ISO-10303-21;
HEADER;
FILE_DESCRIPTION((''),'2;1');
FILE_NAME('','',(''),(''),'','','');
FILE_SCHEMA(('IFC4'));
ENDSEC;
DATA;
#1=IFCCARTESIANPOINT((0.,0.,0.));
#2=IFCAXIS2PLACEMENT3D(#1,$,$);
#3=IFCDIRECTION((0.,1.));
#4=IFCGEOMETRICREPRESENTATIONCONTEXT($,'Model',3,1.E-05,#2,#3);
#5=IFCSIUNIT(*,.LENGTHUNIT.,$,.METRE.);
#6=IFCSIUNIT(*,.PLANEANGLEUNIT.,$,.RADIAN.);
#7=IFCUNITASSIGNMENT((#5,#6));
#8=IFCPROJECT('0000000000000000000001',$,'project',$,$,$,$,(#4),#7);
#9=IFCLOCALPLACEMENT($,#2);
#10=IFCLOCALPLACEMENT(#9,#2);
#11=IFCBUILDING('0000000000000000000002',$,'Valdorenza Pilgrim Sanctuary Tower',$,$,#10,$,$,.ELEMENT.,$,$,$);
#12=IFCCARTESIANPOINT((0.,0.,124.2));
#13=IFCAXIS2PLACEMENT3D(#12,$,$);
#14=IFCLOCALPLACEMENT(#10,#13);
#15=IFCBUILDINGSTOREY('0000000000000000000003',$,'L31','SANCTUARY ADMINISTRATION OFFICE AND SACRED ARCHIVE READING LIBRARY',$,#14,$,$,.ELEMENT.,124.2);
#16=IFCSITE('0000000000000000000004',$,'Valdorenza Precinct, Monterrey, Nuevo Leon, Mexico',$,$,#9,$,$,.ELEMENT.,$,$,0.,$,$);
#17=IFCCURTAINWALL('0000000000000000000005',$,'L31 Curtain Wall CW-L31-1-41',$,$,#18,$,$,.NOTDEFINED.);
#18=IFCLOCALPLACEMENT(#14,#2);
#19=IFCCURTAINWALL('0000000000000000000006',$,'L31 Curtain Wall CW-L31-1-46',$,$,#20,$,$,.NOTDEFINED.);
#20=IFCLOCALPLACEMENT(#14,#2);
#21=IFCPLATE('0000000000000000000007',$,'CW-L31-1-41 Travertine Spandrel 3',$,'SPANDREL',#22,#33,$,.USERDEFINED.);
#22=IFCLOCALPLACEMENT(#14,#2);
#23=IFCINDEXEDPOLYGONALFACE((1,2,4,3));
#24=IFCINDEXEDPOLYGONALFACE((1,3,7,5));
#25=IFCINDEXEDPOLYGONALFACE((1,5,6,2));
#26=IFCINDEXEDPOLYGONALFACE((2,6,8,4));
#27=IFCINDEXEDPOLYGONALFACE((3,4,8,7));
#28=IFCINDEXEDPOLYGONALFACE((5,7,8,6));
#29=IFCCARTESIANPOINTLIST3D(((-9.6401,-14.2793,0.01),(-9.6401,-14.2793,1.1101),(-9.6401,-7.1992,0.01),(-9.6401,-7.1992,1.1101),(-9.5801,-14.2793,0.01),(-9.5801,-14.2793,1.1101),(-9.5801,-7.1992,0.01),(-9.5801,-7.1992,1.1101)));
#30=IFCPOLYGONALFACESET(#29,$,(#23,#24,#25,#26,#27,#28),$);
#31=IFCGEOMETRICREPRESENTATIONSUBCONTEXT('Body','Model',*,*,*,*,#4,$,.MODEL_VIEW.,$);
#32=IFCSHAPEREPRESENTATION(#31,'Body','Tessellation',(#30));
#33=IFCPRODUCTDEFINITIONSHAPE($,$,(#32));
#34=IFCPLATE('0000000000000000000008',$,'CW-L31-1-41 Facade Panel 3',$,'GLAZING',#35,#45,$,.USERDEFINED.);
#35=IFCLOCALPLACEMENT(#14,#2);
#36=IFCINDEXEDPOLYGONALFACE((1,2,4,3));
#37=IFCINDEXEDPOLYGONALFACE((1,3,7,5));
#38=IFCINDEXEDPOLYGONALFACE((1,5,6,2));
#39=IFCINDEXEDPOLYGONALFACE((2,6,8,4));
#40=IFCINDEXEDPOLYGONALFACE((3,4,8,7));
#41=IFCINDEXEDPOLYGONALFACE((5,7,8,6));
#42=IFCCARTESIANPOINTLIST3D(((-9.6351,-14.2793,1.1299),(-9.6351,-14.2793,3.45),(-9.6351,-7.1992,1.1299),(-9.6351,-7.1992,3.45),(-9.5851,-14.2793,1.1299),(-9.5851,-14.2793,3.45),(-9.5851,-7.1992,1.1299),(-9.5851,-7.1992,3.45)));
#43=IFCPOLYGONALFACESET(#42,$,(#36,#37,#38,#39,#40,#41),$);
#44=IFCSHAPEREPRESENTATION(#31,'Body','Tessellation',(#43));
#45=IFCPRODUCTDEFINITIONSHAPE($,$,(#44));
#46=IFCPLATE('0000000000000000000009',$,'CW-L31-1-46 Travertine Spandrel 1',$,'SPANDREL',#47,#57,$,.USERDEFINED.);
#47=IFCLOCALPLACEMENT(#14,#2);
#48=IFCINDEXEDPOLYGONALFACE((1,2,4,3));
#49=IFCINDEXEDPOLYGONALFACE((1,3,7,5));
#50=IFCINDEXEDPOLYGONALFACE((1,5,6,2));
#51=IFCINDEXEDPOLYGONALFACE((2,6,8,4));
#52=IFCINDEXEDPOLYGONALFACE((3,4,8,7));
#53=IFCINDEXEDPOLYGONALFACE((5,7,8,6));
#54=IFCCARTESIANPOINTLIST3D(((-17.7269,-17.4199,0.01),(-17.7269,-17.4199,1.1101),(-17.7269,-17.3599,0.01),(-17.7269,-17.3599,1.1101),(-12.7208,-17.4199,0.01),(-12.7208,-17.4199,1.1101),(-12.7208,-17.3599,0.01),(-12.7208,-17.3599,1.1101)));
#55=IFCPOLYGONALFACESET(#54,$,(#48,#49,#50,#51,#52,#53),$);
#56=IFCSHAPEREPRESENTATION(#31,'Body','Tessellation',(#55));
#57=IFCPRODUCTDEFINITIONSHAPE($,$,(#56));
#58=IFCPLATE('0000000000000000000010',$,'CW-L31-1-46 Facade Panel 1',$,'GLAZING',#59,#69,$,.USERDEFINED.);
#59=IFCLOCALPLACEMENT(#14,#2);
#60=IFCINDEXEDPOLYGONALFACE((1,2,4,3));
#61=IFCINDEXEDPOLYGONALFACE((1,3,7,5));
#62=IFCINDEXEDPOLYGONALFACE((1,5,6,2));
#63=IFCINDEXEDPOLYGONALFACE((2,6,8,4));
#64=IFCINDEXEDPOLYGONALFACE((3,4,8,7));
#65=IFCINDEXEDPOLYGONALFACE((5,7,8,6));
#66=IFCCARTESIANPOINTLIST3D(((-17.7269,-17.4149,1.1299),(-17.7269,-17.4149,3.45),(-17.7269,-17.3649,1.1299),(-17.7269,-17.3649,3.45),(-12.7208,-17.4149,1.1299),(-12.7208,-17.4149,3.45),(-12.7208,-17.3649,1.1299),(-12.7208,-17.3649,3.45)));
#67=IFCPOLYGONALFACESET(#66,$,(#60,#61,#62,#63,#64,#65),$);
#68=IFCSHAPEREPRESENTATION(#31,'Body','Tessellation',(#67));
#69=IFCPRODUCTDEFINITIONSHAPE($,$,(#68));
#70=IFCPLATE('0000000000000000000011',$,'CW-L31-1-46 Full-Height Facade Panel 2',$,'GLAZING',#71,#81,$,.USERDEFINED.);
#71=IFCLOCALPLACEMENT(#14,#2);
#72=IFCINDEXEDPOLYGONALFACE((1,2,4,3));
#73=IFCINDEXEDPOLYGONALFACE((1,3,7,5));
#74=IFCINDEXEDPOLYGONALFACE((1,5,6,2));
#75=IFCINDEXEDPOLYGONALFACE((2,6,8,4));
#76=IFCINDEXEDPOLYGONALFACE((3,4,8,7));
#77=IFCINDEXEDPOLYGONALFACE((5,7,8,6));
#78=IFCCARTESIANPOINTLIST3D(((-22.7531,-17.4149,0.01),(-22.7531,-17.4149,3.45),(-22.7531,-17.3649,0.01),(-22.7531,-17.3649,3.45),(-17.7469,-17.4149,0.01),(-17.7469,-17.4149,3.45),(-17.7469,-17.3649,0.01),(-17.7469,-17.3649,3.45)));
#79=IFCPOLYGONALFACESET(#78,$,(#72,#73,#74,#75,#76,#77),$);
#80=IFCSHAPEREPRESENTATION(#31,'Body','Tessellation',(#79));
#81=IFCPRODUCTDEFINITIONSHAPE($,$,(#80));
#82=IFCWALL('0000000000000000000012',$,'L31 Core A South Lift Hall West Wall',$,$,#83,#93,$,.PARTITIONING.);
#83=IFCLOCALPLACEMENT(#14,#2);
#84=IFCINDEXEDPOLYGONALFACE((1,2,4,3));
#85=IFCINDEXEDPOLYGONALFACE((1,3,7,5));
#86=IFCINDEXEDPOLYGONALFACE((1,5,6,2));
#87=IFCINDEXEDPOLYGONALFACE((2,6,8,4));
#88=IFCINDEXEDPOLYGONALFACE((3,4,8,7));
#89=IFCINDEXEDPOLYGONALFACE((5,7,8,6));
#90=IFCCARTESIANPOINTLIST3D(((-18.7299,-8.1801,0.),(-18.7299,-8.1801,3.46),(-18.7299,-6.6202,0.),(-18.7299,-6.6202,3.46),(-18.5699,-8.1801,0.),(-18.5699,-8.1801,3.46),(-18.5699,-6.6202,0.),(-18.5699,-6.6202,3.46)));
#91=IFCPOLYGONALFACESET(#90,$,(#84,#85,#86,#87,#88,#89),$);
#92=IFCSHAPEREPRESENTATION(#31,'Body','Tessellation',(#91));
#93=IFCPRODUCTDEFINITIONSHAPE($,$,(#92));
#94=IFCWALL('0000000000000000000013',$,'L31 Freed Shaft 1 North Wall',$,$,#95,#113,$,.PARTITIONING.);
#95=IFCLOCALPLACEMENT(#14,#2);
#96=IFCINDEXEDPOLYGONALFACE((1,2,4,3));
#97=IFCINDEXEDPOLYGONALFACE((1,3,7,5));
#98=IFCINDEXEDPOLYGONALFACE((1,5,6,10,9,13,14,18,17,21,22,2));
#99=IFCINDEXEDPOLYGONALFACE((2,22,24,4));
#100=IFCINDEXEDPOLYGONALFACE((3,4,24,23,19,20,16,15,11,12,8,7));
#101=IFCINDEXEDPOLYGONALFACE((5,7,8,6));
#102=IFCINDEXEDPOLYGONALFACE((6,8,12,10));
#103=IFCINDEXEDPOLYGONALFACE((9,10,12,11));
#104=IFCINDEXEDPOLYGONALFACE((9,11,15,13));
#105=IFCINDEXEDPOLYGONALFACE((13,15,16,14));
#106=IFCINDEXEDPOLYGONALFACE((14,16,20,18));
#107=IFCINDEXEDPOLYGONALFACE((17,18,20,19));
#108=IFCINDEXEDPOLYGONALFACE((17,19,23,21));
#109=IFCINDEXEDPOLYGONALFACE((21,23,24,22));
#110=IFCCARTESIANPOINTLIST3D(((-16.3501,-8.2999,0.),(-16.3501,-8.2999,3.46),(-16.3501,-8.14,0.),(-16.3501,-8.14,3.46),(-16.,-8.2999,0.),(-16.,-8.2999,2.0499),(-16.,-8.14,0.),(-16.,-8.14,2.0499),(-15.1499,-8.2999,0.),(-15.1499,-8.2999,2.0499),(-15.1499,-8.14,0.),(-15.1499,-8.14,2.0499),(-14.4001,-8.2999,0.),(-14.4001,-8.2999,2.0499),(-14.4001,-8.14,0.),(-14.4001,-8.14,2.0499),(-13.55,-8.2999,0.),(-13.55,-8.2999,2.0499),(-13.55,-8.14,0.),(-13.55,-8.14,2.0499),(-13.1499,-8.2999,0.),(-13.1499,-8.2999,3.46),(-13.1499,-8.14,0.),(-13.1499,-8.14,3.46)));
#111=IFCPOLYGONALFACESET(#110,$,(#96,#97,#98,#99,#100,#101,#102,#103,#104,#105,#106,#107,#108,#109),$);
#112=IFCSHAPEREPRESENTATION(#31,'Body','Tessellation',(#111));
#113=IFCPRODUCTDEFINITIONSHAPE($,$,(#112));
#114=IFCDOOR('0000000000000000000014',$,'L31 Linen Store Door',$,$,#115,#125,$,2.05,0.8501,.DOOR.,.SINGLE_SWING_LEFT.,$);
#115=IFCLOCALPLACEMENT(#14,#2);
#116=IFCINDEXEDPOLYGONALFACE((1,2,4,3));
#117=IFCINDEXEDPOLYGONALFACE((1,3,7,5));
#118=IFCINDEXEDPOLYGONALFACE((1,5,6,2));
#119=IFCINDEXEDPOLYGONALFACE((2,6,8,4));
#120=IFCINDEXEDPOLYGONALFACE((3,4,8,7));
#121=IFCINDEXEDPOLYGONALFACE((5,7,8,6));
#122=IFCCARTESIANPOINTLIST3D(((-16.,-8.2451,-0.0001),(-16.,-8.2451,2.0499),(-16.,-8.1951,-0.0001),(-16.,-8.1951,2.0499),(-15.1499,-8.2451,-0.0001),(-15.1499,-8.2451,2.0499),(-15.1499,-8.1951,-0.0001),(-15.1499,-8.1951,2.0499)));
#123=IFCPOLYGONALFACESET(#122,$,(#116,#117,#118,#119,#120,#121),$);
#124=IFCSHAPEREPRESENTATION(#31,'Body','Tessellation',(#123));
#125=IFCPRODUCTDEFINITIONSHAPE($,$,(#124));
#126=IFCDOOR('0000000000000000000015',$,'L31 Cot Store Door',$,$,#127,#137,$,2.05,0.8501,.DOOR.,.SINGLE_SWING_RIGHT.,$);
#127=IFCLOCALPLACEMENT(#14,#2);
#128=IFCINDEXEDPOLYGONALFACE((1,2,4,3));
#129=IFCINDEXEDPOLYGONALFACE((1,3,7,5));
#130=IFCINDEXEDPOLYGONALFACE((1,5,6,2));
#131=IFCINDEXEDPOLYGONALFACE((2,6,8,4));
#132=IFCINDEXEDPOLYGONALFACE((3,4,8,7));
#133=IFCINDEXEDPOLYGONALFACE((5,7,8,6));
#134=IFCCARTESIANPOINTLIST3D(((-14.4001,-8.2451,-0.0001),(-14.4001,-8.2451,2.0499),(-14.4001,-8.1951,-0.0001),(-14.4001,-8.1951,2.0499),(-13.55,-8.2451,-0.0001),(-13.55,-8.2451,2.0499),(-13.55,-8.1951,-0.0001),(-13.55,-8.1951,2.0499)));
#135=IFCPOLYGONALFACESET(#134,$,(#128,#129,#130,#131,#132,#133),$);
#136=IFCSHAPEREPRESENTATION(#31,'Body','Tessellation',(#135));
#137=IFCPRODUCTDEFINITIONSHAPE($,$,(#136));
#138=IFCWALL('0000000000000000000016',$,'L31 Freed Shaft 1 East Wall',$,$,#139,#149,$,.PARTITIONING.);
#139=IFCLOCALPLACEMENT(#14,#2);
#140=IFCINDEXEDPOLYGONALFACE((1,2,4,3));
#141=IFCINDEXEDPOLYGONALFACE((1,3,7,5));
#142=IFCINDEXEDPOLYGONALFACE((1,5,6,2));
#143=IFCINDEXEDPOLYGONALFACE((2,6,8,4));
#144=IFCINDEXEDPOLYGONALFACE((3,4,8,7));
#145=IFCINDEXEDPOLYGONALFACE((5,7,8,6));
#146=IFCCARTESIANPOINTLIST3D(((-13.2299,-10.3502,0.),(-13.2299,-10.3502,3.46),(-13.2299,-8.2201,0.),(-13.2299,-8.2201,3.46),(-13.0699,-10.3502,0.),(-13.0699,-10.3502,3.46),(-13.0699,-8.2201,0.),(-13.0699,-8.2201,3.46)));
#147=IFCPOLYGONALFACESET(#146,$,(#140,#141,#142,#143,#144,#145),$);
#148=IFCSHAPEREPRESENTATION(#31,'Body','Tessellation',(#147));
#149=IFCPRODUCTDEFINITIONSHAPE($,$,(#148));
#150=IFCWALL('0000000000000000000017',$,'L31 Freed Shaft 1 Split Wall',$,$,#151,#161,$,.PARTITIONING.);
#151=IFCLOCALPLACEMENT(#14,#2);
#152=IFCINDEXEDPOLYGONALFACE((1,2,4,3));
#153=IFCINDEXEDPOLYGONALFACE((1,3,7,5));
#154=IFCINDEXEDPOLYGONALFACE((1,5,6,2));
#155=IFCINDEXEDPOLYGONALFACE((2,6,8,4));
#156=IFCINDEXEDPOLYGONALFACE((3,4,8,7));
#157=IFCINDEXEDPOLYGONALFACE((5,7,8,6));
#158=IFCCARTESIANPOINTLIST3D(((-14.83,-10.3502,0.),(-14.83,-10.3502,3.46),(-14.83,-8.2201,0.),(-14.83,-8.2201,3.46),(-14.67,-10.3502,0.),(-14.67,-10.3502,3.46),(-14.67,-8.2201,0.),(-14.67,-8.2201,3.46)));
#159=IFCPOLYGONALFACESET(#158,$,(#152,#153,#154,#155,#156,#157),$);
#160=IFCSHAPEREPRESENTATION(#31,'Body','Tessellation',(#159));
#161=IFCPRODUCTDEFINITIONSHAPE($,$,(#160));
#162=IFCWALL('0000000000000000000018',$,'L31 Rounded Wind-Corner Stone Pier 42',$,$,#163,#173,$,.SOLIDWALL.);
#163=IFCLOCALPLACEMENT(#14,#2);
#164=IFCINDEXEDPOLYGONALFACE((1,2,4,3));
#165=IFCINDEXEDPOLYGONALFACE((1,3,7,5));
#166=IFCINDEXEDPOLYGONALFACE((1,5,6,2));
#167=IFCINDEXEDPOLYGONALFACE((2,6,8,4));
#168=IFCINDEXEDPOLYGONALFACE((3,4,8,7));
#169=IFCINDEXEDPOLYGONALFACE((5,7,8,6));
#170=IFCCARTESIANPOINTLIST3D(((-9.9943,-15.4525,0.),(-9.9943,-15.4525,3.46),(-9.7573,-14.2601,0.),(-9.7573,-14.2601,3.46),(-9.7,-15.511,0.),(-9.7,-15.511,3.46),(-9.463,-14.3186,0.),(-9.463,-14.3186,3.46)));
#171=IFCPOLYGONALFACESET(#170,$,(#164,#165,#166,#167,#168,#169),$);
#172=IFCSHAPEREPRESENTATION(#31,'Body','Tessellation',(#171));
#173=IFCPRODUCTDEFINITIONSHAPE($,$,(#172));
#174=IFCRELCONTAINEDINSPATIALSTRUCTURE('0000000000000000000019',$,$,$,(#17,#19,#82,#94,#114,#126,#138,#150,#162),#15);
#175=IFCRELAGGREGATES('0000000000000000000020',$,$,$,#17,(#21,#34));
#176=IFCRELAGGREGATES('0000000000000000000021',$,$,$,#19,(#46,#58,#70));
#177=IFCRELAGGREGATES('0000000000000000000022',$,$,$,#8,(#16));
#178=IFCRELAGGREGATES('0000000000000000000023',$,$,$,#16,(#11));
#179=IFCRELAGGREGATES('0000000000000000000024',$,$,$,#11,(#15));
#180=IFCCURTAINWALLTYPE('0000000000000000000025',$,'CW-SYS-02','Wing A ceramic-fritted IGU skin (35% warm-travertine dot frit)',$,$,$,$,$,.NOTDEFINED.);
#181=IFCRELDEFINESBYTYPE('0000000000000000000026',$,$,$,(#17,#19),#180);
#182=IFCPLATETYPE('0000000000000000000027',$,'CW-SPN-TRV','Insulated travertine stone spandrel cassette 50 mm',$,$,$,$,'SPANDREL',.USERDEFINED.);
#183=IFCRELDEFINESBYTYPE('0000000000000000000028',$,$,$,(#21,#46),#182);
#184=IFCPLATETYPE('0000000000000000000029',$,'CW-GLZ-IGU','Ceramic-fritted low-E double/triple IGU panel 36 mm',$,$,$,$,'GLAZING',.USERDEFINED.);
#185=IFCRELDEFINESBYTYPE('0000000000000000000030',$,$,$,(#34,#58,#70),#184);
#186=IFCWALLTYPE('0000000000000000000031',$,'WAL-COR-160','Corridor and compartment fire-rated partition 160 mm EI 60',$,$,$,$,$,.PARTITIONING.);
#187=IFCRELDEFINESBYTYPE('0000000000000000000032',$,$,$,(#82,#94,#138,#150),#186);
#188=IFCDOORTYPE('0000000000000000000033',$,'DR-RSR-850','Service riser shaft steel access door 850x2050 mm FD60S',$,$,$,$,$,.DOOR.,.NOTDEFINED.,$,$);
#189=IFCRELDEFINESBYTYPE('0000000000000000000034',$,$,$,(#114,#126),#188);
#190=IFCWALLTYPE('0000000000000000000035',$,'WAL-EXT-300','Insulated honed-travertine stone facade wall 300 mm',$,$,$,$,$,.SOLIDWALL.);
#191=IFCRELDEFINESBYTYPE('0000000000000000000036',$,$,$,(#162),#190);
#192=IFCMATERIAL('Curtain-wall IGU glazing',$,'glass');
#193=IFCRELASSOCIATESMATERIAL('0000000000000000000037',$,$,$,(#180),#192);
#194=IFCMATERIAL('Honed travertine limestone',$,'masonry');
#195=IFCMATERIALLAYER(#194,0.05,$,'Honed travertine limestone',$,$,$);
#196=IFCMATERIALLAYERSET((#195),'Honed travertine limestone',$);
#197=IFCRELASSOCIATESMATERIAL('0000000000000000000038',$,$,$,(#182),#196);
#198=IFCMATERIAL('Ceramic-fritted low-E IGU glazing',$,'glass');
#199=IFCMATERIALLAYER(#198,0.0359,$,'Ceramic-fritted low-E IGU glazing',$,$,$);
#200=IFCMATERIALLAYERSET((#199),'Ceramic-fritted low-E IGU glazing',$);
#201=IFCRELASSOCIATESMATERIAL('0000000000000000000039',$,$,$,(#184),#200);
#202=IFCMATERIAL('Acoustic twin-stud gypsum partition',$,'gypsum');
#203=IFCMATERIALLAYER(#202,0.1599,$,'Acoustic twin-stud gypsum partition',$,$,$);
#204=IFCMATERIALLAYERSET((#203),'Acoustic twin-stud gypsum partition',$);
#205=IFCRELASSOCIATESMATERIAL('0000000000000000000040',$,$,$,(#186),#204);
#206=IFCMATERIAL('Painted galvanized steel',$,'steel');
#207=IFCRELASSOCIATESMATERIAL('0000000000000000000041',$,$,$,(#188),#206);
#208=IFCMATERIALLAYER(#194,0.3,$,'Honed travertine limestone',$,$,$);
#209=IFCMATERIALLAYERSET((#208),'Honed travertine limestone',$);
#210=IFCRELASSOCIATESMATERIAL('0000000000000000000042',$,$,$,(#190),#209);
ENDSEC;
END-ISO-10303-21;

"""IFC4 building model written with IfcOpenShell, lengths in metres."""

from ifc_helpers import new_model, si_unit, direction, frame, frame_2d, origin, origin_2d, place, context, subcontext, project, spatial, rectangle, extrude, source, transform, mapped, material, layer, layer_set, type_object, element, fill, aggregate, save


model = new_model("IFC4")

# Units and contexts
model_context = context("Model", 3, precision=1e-05, world=origin(), true_north=direction((0.0, 1.0)))
body_context = subcontext(model_context, "Body", "Model", "MODEL_VIEW")
ifc_project = project(units=[si_unit("LENGTHUNIT", "METRE"), si_unit("PLANEANGLEUNIT", "RADIAN")], contexts=[model_context])

# Site, building, storey
site_placement = place(None, origin())
site = spatial("IfcSite", under=ifc_project, at=site_placement, Name="Valdorenza Precinct, Monterrey, Nuevo Leon, Mexico", CompositionType="ELEMENT", RefElevation=0.0)
building_placement = place(site_placement, origin())
building = spatial("IfcBuilding", under=site, at=building_placement, Name="Valdorenza Pilgrim Sanctuary Tower", CompositionType="ELEMENT")
storey_placement = place(building_placement, frame((0.0, 0.0, 124.2)))
storey = spatial("IfcBuildingStorey", under=building, at=storey_placement, Name="L31", Description="SANCTUARY ADMINISTRATION OFFICE AND SACRED ARCHIVE READING LIBRARY", CompositionType="ELEMENT", Elevation=124.2)

# Curtain walls
ifc_material_1 = material(Name="Curtain-wall IGU glazing", Category="glass")
curtain_wall_type = type_object("IfcCurtainWallType", Name="CW-SYS-02", Description="Wing A ceramic-fritted IGU skin (35% warm-travertine dot frit)", PredefinedType="NOTDEFINED", material=ifc_material_1)
curtain_wall_1_placement = place(storey_placement, origin())
curtain_wall_1 = element("IfcCurtainWall", 1, at=curtain_wall_1_placement, inside=storey, type_object=curtain_wall_type, Name="L31 Curtain Wall CW-L31-1-41", PredefinedType="NOTDEFINED")
curtain_wall_2_placement = place(storey_placement, origin())
curtain_wall_2 = element("IfcCurtainWall", 2, at=curtain_wall_2_placement, inside=storey, type_object=curtain_wall_type, Name="L31 Curtain Wall CW-L31-1-46", PredefinedType="NOTDEFINED")

# Plates
ifc_material_2 = material(Name="Honed travertine limestone", Category="masonry")
ifc_layer_1 = layer(ifc_material_2, 0.05, Name="Honed travertine limestone")
ifc_layer_set_1 = layer_set([ifc_layer_1], Name="Honed travertine limestone")
plate_type_1 = type_object("IfcPlateType", Name="CW-SPN-TRV", Description="Insulated travertine stone spandrel cassette 50 mm", ElementType="SPANDREL", PredefinedType="USERDEFINED", material=ifc_layer_set_1)
shared_shape_1 = source(origin(), body_context, "Body", "SweptSolid", [
    extrude(rectangle(XDim=7.0801, YDim=0.0601, at=origin_2d()), origin(), (0.0, 0.0, 1.0), 1.1001),
])
plate_1_placement = place(storey_placement, frame((-9.6101, -10.7393, 0.01), z_axis=(0.0, 0.0, 1.0), x_axis=(0.0, -1.0, 0.0)))
plate_1 = element("IfcPlate", 3, at=plate_1_placement, type_object=plate_type_1, Name="CW-L31-1-41 Travertine Spandrel 3", ObjectType="SPANDREL", PredefinedType="USERDEFINED", context=body_context, shape_type="MappedRepresentation", body=[
    mapped(shared_shape_1, transform((0.0, 0.0, 0.0), x_axis=(1.0, 0.0, 0.0), y_axis=(0.0, 1.0, 0.0), z_axis=(0.0, 0.0, 1.0), scale=1.0)),
])
ifc_material_3 = material(Name="Ceramic-fritted low-E IGU glazing", Category="glass")
ifc_layer_2 = layer(ifc_material_3, 0.0359, Name="Ceramic-fritted low-E IGU glazing")
ifc_layer_set_2 = layer_set([ifc_layer_2], Name="Ceramic-fritted low-E IGU glazing")
plate_type_2 = type_object("IfcPlateType", Name="CW-GLZ-IGU", Description="Ceramic-fritted low-E double/triple IGU panel 36 mm", ElementType="GLAZING", PredefinedType="USERDEFINED", material=ifc_layer_set_2)
shared_shape_2 = source(origin(), body_context, "Body", "SweptSolid", [
    extrude(rectangle(XDim=7.0801, YDim=0.05, at=origin_2d()), origin(), (0.0, 0.0, 1.0), 2.3201),
])
plate_2_placement = place(storey_placement, frame((-9.6101, -10.7393, 1.1299), z_axis=(0.0, 0.0, 1.0), x_axis=(0.0, -1.0, 0.0)))
plate_2 = element("IfcPlate", 4, at=plate_2_placement, type_object=plate_type_2, Name="CW-L31-1-41 Facade Panel 3", ObjectType="GLAZING", PredefinedType="USERDEFINED", context=body_context, shape_type="MappedRepresentation", body=[
    mapped(shared_shape_2, transform((0.0, 0.0, 0.0), x_axis=(1.0, 0.0, 0.0), y_axis=(0.0, 1.0, 0.0), z_axis=(0.0, 0.0, 1.0), scale=1.0)),
])
aggregate(curtain_wall_1, [plate_1, plate_2])
shared_shape_3 = source(origin(), body_context, "Body", "SweptSolid", [
    extrude(rectangle(XDim=5.0061, YDim=0.0601, at=origin_2d()), origin(), (0.0, 0.0, 1.0), 1.1001),
])
plate_3_placement = place(storey_placement, frame((-15.2239, -17.3899, 0.01), z_axis=(0.0, 0.0, 1.0), x_axis=(-1.0, 0.0, 0.0)))
plate_3 = element("IfcPlate", 5, at=plate_3_placement, type_object=plate_type_1, Name="CW-L31-1-46 Travertine Spandrel 1", ObjectType="SPANDREL", PredefinedType="USERDEFINED", context=body_context, shape_type="MappedRepresentation", body=[
    mapped(shared_shape_3, transform((0.0, 0.0, 0.0), x_axis=(1.0, 0.0, 0.0), y_axis=(0.0, 1.0, 0.0), z_axis=(0.0, 0.0, 1.0), scale=1.0)),
])
shared_shape_4 = source(origin(), body_context, "Body", "SweptSolid", [
    extrude(rectangle(XDim=5.0061, YDim=0.05, at=origin_2d()), origin(), (0.0, 0.0, 1.0), 2.3201),
])
plate_4_placement = place(storey_placement, frame((-15.2239, -17.3899, 1.1299), z_axis=(0.0, 0.0, 1.0), x_axis=(-1.0, 0.0, 0.0)))
plate_4 = element("IfcPlate", 6, at=plate_4_placement, type_object=plate_type_2, Name="CW-L31-1-46 Facade Panel 1", ObjectType="GLAZING", PredefinedType="USERDEFINED", context=body_context, shape_type="MappedRepresentation", body=[
    mapped(shared_shape_4, transform((0.0, 0.0, 0.0), x_axis=(1.0, 0.0, 0.0), y_axis=(0.0, 1.0, 0.0), z_axis=(0.0, 0.0, 1.0), scale=1.0)),
])
shared_shape_5 = source(origin(), body_context, "Body", "SweptSolid", [
    extrude(rectangle(XDim=5.0061, YDim=0.05, at=origin_2d()), origin(), (0.0, 0.0, 1.0), 3.4399),
])
plate_5_placement = place(storey_placement, frame((-20.25, -17.3899, 0.01), z_axis=(0.0, 0.0, 1.0), x_axis=(-1.0, 0.0, 0.0)))
plate_5 = element("IfcPlate", 7, at=plate_5_placement, type_object=plate_type_2, Name="CW-L31-1-46 Full-Height Facade Panel 2", ObjectType="GLAZING", PredefinedType="USERDEFINED", context=body_context, shape_type="MappedRepresentation", body=[
    mapped(shared_shape_5, transform((0.0, 0.0, 0.0), x_axis=(1.0, 0.0, 0.0), y_axis=(0.0, 1.0, 0.0), z_axis=(0.0, 0.0, 1.0), scale=1.0)),
])
aggregate(curtain_wall_2, [plate_3, plate_4, plate_5])

# Wall
ifc_material_4 = material(Name="Acoustic twin-stud gypsum partition", Category="gypsum")
ifc_layer_3 = layer(ifc_material_4, 0.1599, Name="Acoustic twin-stud gypsum partition")
ifc_layer_set_3 = layer_set([ifc_layer_3], Name="Acoustic twin-stud gypsum partition")
wall_type_1 = type_object("IfcWallType", Name="WAL-COR-160", Description="Corridor and compartment fire-rated partition 160 mm EI 60", PredefinedType="PARTITIONING", material=ifc_layer_set_3)
wall_1_placement = place(storey_placement, frame((-18.6499, -8.1799, 0.0), z_axis=(0.0, 0.0, 1.0), x_axis=(0.0, 1.0, 0.0)))
element("IfcWall", 8, at=wall_1_placement, inside=storey, type_object=wall_type_1, Name="L31 Core A South Lift Hall West Wall", PredefinedType="PARTITIONING", context=body_context, shape_type="SweptSolid", body=[
    extrude(rectangle(XDim=1.5598, YDim=0.1599, at=frame_2d((0.7798, 0.0))), origin(), (0.0, 0.0, 1.0), 3.46),
])

# Wall, openings, doors
wall_2_placement = place(storey_placement, frame((-16.3501, -8.22, 0.0), z_axis=(0.0, 0.0, 1.0), x_axis=(1.0, 0.0, 0.0)))
wall_2 = element("IfcWall", 9, at=wall_2_placement, inside=storey, type_object=wall_type_1, Name="L31 Freed Shaft 1 North Wall", PredefinedType="PARTITIONING", context=body_context, shape_type="SweptSolid", body=[
    extrude(rectangle(XDim=3.2002, YDim=0.1599, at=frame_2d((1.6001, 0.0))), origin(), (0.0, 0.0, 1.0), 3.46),
])
opening_1_placement = place(wall_2_placement, frame((0.3501, 0.0, 0.0)))
opening_1 = element("IfcOpeningElement", 10, at=opening_1_placement, cuts=wall_2, PredefinedType="OPENING", context=body_context, shape_type="SweptSolid", body=[
    extrude(rectangle(XDim=0.8501, YDim=2.05, at=frame_2d((0.425, 1.0249))), frame((0.0, 0.0947, 0.0), z_axis=(0.0, -1.0, 0.0), x_axis=(1.0, 0.0, 0.0)), (0.0, 0.0, 1.0), 0.1897),
])
opening_2_placement = place(wall_2_placement, frame((1.95, 0.0, 0.0)))
opening_2 = element("IfcOpeningElement", 11, at=opening_2_placement, cuts=wall_2, PredefinedType="OPENING", context=body_context, shape_type="SweptSolid", body=[
    extrude(rectangle(XDim=0.8501, YDim=2.05, at=frame_2d((0.425, 1.0249))), frame((0.0, 0.0947, 0.0), z_axis=(0.0, -1.0, 0.0), x_axis=(1.0, 0.0, 0.0)), (0.0, 0.0, 1.0), 0.1897),
])
ifc_material_5 = material(Name="Painted galvanized steel", Category="steel")
door_type_1 = type_object("IfcDoorType", Name="DR-RSR-850", Description="Service riser shaft steel access door 850x2050 mm FD60S", OperationType="NOTDEFINED", PredefinedType="DOOR", material=ifc_material_5)
door_1_placement = place(opening_1_placement, origin())
door_1 = element("IfcDoor", 12, at=door_1_placement, inside=storey, type_object=door_type_1, Name="L31 Linen Store Door", OperationType="SINGLE_SWING_LEFT", OverallHeight=2.05, OverallWidth=0.8501, PredefinedType="DOOR", context=body_context, shape_type="SweptSolid", body=[
    extrude(rectangle(XDim=0.8501, YDim=2.05, at=frame_2d((0.425, 1.0249))), frame((0.0, 0.0249, 0.0), z_axis=(0.0, -1.0, 0.0), x_axis=(1.0, 0.0, 0.0)), (0.0, 0.0, 1.0), 0.05),
])
fill(opening_1, door_1)
door_2_placement = place(opening_2_placement, origin())
door_2 = element("IfcDoor", 13, at=door_2_placement, inside=storey, type_object=door_type_1, Name="L31 Cot Store Door", OperationType="SINGLE_SWING_RIGHT", OverallHeight=2.05, OverallWidth=0.8501, PredefinedType="DOOR", context=body_context, shape_type="SweptSolid", body=[
    extrude(rectangle(XDim=0.8501, YDim=2.05, at=frame_2d((0.425, 1.0249))), frame((0.0, 0.0249, 0.0), z_axis=(0.0, -1.0, 0.0), x_axis=(1.0, 0.0, 0.0)), (0.0, 0.0, 1.0), 0.05),
])
fill(opening_2, door_2)

# Walls
for number, where, z_axis, x_axis, name in (
    (14, (-13.1499, -10.3501, 0.0), (0.0, 0.0, 1.0), (0.0, 1.0, 0.0), "L31 Freed Shaft 1 East Wall"),
    (15, (-14.75, -10.3501, 0.0), (0.0, 0.0, 1.0), (0.0, 1.0, 0.0), "L31 Freed Shaft 1 Split Wall"),
):
    element("IfcWall", number, at=place(storey_placement, frame(where, z_axis=z_axis, x_axis=x_axis)), inside=storey, type_object=wall_type_1, Name=name, PredefinedType="PARTITIONING", context=body_context, shape_type="SweptSolid", body=[
        extrude(rectangle(XDim=2.1301, YDim=0.1599, at=frame_2d((1.0649, 0.0))), origin(), (0.0, 0.0, 1.0), 3.46),
    ])
ifc_layer_4 = layer(ifc_material_2, 0.3, Name="Honed travertine limestone")
ifc_layer_set_4 = layer_set([ifc_layer_4], Name="Honed travertine limestone")
wall_type_2 = type_object("IfcWallType", Name="WAL-EXT-300", Description="Insulated honed-travertine stone facade wall 300 mm", PredefinedType="SOLIDWALL", material=ifc_layer_set_4)
wall_3_placement = place(storey_placement, frame((-9.6101, -14.2893, 0.0), z_axis=(0.0, 0.0, 1.0), x_axis=(-0.194996, -0.980804, 0.0)))
element("IfcWall", 16, at=wall_3_placement, inside=storey, type_object=wall_type_2, Name="L31 Rounded Wind-Corner Stone Pier 42", PredefinedType="SOLIDWALL", context=body_context, shape_type="SweptSolid", body=[
    extrude(rectangle(XDim=1.2158, YDim=0.3, at=frame_2d((0.6079, 0.0))), origin(), (0.0, 0.0, 1.0), 3.46),
])

save(model, "model.ifc")
